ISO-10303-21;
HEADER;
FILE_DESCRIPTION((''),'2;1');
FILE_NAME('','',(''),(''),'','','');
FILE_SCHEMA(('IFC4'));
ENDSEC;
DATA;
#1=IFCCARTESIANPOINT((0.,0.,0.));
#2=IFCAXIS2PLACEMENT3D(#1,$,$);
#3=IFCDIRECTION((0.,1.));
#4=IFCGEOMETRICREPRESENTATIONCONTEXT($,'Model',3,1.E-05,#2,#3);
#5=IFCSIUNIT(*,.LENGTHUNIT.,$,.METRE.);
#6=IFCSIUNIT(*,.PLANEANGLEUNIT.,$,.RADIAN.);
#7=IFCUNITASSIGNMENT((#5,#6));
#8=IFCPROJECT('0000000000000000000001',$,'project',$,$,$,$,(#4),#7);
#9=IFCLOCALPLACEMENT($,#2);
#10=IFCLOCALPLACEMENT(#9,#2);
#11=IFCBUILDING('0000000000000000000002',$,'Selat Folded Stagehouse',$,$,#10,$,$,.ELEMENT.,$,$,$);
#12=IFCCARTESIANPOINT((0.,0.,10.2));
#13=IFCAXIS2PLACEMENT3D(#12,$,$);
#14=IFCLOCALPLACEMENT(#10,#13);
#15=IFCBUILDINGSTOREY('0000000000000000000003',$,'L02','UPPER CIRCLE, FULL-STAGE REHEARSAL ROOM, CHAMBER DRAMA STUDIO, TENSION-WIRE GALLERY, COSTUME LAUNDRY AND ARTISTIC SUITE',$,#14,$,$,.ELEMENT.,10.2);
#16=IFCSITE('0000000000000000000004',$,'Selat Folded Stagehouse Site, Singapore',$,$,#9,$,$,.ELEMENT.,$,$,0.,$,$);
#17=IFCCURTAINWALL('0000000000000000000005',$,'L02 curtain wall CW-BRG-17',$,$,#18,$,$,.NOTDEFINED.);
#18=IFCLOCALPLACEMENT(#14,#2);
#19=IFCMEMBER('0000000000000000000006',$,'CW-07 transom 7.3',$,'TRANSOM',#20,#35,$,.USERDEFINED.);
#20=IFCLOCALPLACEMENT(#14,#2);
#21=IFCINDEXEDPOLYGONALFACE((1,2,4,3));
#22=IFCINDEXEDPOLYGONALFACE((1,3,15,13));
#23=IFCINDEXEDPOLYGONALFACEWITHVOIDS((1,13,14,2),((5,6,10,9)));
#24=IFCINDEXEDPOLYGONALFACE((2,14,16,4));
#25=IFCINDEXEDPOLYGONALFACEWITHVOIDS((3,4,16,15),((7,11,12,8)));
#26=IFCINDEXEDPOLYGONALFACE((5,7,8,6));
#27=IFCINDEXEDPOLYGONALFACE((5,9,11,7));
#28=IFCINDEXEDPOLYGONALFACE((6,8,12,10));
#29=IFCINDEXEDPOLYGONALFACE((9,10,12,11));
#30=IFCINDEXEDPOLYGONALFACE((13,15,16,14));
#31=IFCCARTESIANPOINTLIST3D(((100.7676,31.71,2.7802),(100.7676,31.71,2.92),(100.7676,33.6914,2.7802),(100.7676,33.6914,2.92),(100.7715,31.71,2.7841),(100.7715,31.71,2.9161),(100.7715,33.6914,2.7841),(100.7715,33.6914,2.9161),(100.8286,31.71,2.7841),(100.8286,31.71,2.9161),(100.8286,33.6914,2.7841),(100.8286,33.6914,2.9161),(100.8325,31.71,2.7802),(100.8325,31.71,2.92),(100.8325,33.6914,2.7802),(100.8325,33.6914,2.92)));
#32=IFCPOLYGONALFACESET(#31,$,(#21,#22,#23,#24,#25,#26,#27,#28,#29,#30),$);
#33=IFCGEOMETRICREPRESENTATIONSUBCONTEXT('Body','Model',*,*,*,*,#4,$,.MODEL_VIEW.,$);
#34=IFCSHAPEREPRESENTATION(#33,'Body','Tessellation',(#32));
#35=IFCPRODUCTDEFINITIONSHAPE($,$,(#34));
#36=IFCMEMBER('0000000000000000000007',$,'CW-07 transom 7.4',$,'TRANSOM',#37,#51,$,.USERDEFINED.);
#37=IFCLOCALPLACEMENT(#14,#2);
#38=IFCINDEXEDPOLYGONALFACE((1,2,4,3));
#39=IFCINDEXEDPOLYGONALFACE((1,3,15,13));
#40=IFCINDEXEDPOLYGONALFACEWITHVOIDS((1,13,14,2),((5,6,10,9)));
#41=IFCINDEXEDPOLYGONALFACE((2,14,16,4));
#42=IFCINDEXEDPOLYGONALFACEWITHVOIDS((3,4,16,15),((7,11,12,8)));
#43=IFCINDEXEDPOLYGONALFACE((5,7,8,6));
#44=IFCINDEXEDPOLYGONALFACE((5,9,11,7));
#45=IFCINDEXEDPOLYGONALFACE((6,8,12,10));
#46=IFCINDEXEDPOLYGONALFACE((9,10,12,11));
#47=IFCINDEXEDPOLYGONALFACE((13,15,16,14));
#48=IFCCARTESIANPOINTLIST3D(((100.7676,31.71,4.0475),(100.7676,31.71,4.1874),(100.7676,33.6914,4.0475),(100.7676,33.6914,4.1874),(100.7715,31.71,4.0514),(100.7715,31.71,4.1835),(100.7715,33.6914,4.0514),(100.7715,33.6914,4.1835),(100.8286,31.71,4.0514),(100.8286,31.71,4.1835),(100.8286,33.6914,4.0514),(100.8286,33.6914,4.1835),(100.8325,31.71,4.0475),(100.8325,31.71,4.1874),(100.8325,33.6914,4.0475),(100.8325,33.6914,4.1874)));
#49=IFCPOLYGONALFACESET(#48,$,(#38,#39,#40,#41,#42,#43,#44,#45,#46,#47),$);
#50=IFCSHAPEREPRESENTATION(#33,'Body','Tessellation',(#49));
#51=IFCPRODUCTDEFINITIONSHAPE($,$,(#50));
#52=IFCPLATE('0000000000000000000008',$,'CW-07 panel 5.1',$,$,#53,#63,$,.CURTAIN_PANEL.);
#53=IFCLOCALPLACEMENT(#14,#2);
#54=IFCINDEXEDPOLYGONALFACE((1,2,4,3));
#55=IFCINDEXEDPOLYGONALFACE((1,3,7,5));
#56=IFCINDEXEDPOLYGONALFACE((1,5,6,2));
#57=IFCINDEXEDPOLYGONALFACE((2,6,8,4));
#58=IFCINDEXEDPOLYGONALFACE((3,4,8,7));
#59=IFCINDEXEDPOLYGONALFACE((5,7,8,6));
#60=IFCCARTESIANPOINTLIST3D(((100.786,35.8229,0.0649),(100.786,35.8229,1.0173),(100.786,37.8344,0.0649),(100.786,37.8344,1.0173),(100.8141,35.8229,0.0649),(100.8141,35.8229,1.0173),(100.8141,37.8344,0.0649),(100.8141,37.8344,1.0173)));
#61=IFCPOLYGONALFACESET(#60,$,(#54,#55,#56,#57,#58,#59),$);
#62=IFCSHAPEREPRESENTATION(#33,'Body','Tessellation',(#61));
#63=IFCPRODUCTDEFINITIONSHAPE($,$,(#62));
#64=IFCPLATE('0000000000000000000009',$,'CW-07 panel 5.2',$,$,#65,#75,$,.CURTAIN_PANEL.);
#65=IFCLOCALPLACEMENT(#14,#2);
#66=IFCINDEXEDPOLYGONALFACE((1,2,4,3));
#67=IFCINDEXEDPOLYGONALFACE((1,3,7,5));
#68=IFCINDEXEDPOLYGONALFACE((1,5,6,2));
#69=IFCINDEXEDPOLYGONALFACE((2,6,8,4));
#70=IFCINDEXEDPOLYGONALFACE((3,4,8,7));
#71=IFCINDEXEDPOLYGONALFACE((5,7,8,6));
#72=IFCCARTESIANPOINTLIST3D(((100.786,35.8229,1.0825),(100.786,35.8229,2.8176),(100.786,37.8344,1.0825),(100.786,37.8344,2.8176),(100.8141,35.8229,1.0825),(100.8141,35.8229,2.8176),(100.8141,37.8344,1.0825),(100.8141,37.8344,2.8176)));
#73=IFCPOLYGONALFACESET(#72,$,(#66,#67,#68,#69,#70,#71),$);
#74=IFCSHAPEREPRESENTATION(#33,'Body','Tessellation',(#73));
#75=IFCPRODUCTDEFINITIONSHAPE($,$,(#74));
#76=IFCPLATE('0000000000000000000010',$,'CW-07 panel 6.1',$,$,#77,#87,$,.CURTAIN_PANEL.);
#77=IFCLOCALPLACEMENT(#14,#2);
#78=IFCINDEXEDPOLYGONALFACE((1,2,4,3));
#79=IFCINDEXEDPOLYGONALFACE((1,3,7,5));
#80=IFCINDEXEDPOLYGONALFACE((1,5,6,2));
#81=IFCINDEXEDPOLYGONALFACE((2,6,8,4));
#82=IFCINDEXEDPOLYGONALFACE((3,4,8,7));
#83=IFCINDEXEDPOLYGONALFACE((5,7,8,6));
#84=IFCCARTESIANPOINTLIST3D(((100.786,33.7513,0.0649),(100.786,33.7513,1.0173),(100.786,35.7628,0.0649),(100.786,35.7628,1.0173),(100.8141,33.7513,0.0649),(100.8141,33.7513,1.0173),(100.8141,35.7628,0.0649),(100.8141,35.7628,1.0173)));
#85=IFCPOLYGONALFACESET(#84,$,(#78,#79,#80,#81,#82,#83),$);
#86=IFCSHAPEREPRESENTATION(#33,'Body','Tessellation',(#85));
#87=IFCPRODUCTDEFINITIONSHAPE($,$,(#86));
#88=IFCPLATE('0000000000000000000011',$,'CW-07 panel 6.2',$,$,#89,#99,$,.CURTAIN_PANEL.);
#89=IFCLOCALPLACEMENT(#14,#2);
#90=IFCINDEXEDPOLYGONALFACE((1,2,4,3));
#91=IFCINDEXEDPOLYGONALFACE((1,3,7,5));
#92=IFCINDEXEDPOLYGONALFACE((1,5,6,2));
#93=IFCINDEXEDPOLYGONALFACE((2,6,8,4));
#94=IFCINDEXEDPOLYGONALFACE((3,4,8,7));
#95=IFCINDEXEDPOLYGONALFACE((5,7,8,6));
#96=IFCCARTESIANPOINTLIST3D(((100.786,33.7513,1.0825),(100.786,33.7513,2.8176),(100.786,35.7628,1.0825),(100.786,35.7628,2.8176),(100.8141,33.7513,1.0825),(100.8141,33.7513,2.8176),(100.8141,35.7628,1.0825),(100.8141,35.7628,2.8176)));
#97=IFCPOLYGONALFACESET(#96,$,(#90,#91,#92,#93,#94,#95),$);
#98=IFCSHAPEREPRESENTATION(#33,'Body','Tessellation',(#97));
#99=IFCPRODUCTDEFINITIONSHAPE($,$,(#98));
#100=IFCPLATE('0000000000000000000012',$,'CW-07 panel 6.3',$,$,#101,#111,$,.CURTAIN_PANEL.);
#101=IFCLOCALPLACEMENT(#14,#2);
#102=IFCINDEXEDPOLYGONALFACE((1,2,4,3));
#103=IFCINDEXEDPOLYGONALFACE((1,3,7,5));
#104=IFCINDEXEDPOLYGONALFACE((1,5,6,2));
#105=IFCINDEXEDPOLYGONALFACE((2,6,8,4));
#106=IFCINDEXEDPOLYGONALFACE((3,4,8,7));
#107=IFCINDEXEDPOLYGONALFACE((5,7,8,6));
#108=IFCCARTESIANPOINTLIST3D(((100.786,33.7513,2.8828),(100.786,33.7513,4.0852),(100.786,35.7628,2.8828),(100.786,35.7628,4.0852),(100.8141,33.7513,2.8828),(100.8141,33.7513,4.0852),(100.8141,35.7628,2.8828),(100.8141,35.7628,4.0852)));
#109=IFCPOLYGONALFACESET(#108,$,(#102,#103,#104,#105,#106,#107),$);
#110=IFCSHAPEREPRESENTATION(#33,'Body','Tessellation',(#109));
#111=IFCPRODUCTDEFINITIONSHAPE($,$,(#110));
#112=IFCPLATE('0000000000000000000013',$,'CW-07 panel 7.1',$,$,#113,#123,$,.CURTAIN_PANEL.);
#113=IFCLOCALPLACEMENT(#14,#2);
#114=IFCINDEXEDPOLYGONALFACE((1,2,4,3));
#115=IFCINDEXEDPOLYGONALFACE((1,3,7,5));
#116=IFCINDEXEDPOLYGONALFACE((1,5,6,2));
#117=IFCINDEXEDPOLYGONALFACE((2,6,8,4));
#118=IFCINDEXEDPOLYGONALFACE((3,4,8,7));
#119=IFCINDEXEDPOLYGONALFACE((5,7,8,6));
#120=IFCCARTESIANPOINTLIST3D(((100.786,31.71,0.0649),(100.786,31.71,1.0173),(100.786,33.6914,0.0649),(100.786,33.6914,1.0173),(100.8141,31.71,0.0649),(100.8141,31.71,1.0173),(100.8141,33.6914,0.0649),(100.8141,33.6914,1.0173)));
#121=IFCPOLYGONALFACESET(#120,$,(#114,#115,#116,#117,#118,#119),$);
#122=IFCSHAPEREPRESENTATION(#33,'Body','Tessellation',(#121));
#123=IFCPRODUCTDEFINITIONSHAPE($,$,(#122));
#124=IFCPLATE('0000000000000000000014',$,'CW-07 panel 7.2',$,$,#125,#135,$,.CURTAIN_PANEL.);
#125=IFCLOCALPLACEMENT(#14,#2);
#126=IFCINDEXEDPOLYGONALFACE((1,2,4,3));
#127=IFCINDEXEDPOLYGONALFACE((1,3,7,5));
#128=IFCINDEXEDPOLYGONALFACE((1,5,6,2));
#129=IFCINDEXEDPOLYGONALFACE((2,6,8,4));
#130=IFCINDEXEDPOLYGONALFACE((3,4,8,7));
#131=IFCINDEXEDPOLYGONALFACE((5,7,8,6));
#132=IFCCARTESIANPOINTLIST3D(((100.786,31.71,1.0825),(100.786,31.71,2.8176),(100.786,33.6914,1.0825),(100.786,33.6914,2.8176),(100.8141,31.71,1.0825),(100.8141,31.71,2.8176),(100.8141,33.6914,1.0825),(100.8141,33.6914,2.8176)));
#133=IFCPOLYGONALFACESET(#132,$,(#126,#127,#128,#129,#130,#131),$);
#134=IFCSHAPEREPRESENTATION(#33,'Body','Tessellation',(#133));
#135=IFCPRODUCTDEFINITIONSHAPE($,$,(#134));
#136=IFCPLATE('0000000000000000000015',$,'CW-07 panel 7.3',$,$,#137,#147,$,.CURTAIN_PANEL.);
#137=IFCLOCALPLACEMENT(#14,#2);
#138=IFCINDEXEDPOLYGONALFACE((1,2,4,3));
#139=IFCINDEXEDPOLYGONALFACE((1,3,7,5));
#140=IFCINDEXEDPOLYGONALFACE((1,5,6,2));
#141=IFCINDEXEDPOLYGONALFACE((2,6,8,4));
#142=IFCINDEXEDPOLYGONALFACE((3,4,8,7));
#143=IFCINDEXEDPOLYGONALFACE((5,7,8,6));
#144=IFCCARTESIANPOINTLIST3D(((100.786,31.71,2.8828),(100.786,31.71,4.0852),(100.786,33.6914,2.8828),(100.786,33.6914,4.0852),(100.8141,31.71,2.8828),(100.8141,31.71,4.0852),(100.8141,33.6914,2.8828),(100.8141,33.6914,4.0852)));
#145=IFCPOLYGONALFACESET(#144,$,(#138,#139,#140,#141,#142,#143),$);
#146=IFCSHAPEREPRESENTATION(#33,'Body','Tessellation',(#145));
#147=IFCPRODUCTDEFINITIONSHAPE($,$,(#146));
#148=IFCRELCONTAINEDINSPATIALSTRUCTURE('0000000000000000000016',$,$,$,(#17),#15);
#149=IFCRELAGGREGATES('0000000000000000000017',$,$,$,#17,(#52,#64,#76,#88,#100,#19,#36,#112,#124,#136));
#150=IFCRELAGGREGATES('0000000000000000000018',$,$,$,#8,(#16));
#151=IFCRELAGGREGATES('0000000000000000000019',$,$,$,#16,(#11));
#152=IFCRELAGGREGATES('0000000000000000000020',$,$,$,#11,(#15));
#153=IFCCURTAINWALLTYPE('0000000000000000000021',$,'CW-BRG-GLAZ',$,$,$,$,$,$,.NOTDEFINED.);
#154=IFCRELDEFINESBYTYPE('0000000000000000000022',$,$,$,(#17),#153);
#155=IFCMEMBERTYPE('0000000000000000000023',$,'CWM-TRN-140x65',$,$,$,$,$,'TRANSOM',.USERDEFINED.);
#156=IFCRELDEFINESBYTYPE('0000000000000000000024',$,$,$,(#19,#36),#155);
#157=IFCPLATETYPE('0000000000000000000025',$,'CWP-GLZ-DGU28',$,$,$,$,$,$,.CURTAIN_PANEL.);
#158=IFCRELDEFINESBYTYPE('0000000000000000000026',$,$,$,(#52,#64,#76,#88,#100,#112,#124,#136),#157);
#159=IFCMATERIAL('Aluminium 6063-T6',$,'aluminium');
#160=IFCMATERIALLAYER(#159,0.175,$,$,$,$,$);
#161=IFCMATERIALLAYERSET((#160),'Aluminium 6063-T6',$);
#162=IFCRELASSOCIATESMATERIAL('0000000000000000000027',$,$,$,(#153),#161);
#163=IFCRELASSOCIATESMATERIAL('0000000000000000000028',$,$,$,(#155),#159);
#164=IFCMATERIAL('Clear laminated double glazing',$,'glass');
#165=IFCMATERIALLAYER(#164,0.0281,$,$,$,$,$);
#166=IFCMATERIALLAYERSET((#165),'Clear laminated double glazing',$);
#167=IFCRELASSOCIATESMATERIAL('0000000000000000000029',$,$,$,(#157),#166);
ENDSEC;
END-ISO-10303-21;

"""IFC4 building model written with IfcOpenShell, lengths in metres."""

from ifc_helpers import new_model, si_unit, direction, frame, origin, origin_2d, place, context, subcontext, project, spatial, rectangle, hollow_rectangle, extrude, material, layer, layer_set, material_profile, profile_set, type_object, element, aggregate, save


model = new_model("IFC4")

# Units and contexts
model_context = context("Model", 3, precision=1e-05, world=origin(), true_north=direction((0.0, 1.0)))
body_context = subcontext(model_context, "Body", "Model", "MODEL_VIEW")
ifc_project = project(units=[si_unit("LENGTHUNIT", "METRE"), si_unit("PLANEANGLEUNIT", "RADIAN")], contexts=[model_context])

# Site, building, storey
site_placement = place(None, origin())
site = spatial("IfcSite", under=ifc_project, at=site_placement, Name="Selat Folded Stagehouse Site, Singapore", CompositionType="ELEMENT", RefElevation=0.0)
building_placement = place(site_placement, origin())
building = spatial("IfcBuilding", under=site, at=building_placement, Name="Selat Folded Stagehouse", CompositionType="ELEMENT")
storey_placement = place(building_placement, frame((0.0, 0.0, 10.2)))
storey = spatial("IfcBuildingStorey", under=building, at=storey_placement, Name="L02", Description="UPPER CIRCLE, FULL-STAGE REHEARSAL ROOM, CHAMBER DRAMA STUDIO, TENSION-WIRE GALLERY, COSTUME LAUNDRY AND ARTISTIC SUITE", CompositionType="ELEMENT", Elevation=10.2)

# Shared definitions
ifc_material_1 = material(Name="Aluminium 6063-T6", Category="aluminium")
ifc_layer_1 = layer(ifc_material_1, 0.175)
ifc_layer_set_1 = layer_set([ifc_layer_1], Name="Aluminium 6063-T6")
curtain_wall_type = type_object("IfcCurtainWallType", Name="CW-BRG-GLAZ", PredefinedType="NOTDEFINED", material=ifc_layer_set_1)

# Curtain wall
curtain_wall_1_placement = place(storey_placement, origin())
curtain_wall_1 = element("IfcCurtainWall", 1, at=curtain_wall_1_placement, inside=storey, type_object=curtain_wall_type, Name="L02 curtain wall CW-BRG-17", PredefinedType="NOTDEFINED")

# Members
ifc_material_profile_1 = material_profile(ifc_material_1, hollow_rectangle(XDim=0.0649, YDim=0.1399, WallThickness=0.0039, at=origin_2d()), Name="ALU 140x65x4.0")
ifc_profile_set_1 = profile_set([ifc_material_profile_1], Name="Aluminium 6063-T6")
member_type_1 = type_object("IfcMemberType", Name="CWM-TRN-140x65", ElementType="TRANSOM", PredefinedType="USERDEFINED", material=ifc_profile_set_1)
member_1_placement = place(storey_placement, frame((100.8, 33.6914, 2.8501), z_axis=(0.0, -1.0, 0.0), x_axis=(1.0, 0.0, 0.0)))
member_1 = element("IfcMember", 2, at=member_1_placement, type_object=member_type_1, Name="CW-07 transom 7.3", ObjectType="TRANSOM", PredefinedType="USERDEFINED", context=body_context, shape_type="SweptSolid", body=[
    extrude(hollow_rectangle(XDim=0.0649, YDim=0.1399, WallThickness=0.0039, at=origin_2d()), origin(), (0.0, 0.0, 1.0), 1.9814),
])
member_2_placement = place(storey_placement, frame((100.8, 33.6914, 4.1174), z_axis=(0.0, -1.0, 0.0), x_axis=(1.0, 0.0, 0.0)))
member_2 = element("IfcMember", 3, at=member_2_placement, type_object=member_type_1, Name="CW-07 transom 7.4", ObjectType="TRANSOM", PredefinedType="USERDEFINED", context=body_context, shape_type="SweptSolid", body=[
    extrude(hollow_rectangle(XDim=0.0649, YDim=0.1399, WallThickness=0.0039, at=origin_2d()), origin(), (0.0, 0.0, 1.0), 1.9814),
])

# Plates
ifc_material_2 = material(Name="Clear laminated double glazing", Category="glass")
ifc_layer_2 = layer(ifc_material_2, 0.0281)
ifc_layer_set_2 = layer_set([ifc_layer_2], Name="Clear laminated double glazing")
plate_type = type_object("IfcPlateType", Name="CWP-GLZ-DGU28", PredefinedType="CURTAIN_PANEL", material=ifc_layer_set_2)
plate_1_placement = place(storey_placement, frame((100.8, 36.8286, 0.0649), z_axis=(0.0, 0.0, 1.0), x_axis=(0.0, -1.0, 0.0)))
plate_1 = element("IfcPlate", 4, at=plate_1_placement, type_object=plate_type, Name="CW-07 panel 5.1", PredefinedType="CURTAIN_PANEL", context=body_context, shape_type="SweptSolid", body=[
    extrude(rectangle(XDim=2.0115, YDim=0.0281, at=origin_2d()), origin(), (0.0, 0.0, 1.0), 0.9524),
])
plate_2_placement = place(storey_placement, frame((100.8, 36.8286, 1.0825), z_axis=(0.0, 0.0, 1.0), x_axis=(0.0, -1.0, 0.0)))
plate_2 = element("IfcPlate", 5, at=plate_2_placement, type_object=plate_type, Name="CW-07 panel 5.2", PredefinedType="CURTAIN_PANEL", context=body_context, shape_type="SweptSolid", body=[
    extrude(rectangle(XDim=2.0115, YDim=0.0281, at=origin_2d()), origin(), (0.0, 0.0, 1.0), 1.7351),
])
plate_3_placement = place(storey_placement, frame((100.8, 34.7571, 0.0649), z_axis=(0.0, 0.0, 1.0), x_axis=(0.0, -1.0, 0.0)))
plate_3 = element("IfcPlate", 6, at=plate_3_placement, type_object=plate_type, Name="CW-07 panel 6.1", PredefinedType="CURTAIN_PANEL", context=body_context, shape_type="SweptSolid", body=[
    extrude(rectangle(XDim=2.0115, YDim=0.0281, at=origin_2d()), origin(), (0.0, 0.0, 1.0), 0.9524),
])
plate_4_placement = place(storey_placement, frame((100.8, 34.7571, 1.0825), z_axis=(0.0, 0.0, 1.0), x_axis=(0.0, -1.0, 0.0)))
plate_4 = element("IfcPlate", 7, at=plate_4_placement, type_object=plate_type, Name="CW-07 panel 6.2", PredefinedType="CURTAIN_PANEL", context=body_context, shape_type="SweptSolid", body=[
    extrude(rectangle(XDim=2.0115, YDim=0.0281, at=origin_2d()), origin(), (0.0, 0.0, 1.0), 1.7351),
])
plate_5_placement = place(storey_placement, frame((100.8, 34.7571, 2.8828), z_axis=(0.0, 0.0, 1.0), x_axis=(0.0, -1.0, 0.0)))
plate_5 = element("IfcPlate", 8, at=plate_5_placement, type_object=plate_type, Name="CW-07 panel 6.3", PredefinedType="CURTAIN_PANEL", context=body_context, shape_type="SweptSolid", body=[
    extrude(rectangle(XDim=2.0115, YDim=0.0281, at=origin_2d()), origin(), (0.0, 0.0, 1.0), 1.2024),
])
plate_6_placement = place(storey_placement, frame((100.8, 32.7007, 0.0649), z_axis=(0.0, 0.0, 1.0), x_axis=(0.0, -1.0, 0.0)))
plate_6 = element("IfcPlate", 9, at=plate_6_placement, type_object=plate_type, Name="CW-07 panel 7.1", PredefinedType="CURTAIN_PANEL", context=body_context, shape_type="SweptSolid", body=[
    extrude(rectangle(XDim=1.9814, YDim=0.0281, at=origin_2d()), origin(), (0.0, 0.0, 1.0), 0.9524),
])
plate_7_placement = place(storey_placement, frame((100.8, 32.7007, 1.0825), z_axis=(0.0, 0.0, 1.0), x_axis=(0.0, -1.0, 0.0)))
plate_7 = element("IfcPlate", 10, at=plate_7_placement, type_object=plate_type, Name="CW-07 panel 7.2", PredefinedType="CURTAIN_PANEL", context=body_context, shape_type="SweptSolid", body=[
    extrude(rectangle(XDim=1.9814, YDim=0.0281, at=origin_2d()), origin(), (0.0, 0.0, 1.0), 1.7351),
])
plate_8_placement = place(storey_placement, frame((100.8, 32.7007, 2.8828), z_axis=(0.0, 0.0, 1.0), x_axis=(0.0, -1.0, 0.0)))
plate_8 = element("IfcPlate", 11, at=plate_8_placement, type_object=plate_type, Name="CW-07 panel 7.3", PredefinedType="CURTAIN_PANEL", context=body_context, shape_type="SweptSolid", body=[
    extrude(rectangle(XDim=1.9814, YDim=0.0281, at=origin_2d()), origin(), (0.0, 0.0, 1.0), 1.2024),
])
aggregate(curtain_wall_1, [plate_1, plate_2, plate_3, plate_4, plate_5, member_1, member_2, plate_6, plate_7, plate_8])

save(model, "model.ifc")
